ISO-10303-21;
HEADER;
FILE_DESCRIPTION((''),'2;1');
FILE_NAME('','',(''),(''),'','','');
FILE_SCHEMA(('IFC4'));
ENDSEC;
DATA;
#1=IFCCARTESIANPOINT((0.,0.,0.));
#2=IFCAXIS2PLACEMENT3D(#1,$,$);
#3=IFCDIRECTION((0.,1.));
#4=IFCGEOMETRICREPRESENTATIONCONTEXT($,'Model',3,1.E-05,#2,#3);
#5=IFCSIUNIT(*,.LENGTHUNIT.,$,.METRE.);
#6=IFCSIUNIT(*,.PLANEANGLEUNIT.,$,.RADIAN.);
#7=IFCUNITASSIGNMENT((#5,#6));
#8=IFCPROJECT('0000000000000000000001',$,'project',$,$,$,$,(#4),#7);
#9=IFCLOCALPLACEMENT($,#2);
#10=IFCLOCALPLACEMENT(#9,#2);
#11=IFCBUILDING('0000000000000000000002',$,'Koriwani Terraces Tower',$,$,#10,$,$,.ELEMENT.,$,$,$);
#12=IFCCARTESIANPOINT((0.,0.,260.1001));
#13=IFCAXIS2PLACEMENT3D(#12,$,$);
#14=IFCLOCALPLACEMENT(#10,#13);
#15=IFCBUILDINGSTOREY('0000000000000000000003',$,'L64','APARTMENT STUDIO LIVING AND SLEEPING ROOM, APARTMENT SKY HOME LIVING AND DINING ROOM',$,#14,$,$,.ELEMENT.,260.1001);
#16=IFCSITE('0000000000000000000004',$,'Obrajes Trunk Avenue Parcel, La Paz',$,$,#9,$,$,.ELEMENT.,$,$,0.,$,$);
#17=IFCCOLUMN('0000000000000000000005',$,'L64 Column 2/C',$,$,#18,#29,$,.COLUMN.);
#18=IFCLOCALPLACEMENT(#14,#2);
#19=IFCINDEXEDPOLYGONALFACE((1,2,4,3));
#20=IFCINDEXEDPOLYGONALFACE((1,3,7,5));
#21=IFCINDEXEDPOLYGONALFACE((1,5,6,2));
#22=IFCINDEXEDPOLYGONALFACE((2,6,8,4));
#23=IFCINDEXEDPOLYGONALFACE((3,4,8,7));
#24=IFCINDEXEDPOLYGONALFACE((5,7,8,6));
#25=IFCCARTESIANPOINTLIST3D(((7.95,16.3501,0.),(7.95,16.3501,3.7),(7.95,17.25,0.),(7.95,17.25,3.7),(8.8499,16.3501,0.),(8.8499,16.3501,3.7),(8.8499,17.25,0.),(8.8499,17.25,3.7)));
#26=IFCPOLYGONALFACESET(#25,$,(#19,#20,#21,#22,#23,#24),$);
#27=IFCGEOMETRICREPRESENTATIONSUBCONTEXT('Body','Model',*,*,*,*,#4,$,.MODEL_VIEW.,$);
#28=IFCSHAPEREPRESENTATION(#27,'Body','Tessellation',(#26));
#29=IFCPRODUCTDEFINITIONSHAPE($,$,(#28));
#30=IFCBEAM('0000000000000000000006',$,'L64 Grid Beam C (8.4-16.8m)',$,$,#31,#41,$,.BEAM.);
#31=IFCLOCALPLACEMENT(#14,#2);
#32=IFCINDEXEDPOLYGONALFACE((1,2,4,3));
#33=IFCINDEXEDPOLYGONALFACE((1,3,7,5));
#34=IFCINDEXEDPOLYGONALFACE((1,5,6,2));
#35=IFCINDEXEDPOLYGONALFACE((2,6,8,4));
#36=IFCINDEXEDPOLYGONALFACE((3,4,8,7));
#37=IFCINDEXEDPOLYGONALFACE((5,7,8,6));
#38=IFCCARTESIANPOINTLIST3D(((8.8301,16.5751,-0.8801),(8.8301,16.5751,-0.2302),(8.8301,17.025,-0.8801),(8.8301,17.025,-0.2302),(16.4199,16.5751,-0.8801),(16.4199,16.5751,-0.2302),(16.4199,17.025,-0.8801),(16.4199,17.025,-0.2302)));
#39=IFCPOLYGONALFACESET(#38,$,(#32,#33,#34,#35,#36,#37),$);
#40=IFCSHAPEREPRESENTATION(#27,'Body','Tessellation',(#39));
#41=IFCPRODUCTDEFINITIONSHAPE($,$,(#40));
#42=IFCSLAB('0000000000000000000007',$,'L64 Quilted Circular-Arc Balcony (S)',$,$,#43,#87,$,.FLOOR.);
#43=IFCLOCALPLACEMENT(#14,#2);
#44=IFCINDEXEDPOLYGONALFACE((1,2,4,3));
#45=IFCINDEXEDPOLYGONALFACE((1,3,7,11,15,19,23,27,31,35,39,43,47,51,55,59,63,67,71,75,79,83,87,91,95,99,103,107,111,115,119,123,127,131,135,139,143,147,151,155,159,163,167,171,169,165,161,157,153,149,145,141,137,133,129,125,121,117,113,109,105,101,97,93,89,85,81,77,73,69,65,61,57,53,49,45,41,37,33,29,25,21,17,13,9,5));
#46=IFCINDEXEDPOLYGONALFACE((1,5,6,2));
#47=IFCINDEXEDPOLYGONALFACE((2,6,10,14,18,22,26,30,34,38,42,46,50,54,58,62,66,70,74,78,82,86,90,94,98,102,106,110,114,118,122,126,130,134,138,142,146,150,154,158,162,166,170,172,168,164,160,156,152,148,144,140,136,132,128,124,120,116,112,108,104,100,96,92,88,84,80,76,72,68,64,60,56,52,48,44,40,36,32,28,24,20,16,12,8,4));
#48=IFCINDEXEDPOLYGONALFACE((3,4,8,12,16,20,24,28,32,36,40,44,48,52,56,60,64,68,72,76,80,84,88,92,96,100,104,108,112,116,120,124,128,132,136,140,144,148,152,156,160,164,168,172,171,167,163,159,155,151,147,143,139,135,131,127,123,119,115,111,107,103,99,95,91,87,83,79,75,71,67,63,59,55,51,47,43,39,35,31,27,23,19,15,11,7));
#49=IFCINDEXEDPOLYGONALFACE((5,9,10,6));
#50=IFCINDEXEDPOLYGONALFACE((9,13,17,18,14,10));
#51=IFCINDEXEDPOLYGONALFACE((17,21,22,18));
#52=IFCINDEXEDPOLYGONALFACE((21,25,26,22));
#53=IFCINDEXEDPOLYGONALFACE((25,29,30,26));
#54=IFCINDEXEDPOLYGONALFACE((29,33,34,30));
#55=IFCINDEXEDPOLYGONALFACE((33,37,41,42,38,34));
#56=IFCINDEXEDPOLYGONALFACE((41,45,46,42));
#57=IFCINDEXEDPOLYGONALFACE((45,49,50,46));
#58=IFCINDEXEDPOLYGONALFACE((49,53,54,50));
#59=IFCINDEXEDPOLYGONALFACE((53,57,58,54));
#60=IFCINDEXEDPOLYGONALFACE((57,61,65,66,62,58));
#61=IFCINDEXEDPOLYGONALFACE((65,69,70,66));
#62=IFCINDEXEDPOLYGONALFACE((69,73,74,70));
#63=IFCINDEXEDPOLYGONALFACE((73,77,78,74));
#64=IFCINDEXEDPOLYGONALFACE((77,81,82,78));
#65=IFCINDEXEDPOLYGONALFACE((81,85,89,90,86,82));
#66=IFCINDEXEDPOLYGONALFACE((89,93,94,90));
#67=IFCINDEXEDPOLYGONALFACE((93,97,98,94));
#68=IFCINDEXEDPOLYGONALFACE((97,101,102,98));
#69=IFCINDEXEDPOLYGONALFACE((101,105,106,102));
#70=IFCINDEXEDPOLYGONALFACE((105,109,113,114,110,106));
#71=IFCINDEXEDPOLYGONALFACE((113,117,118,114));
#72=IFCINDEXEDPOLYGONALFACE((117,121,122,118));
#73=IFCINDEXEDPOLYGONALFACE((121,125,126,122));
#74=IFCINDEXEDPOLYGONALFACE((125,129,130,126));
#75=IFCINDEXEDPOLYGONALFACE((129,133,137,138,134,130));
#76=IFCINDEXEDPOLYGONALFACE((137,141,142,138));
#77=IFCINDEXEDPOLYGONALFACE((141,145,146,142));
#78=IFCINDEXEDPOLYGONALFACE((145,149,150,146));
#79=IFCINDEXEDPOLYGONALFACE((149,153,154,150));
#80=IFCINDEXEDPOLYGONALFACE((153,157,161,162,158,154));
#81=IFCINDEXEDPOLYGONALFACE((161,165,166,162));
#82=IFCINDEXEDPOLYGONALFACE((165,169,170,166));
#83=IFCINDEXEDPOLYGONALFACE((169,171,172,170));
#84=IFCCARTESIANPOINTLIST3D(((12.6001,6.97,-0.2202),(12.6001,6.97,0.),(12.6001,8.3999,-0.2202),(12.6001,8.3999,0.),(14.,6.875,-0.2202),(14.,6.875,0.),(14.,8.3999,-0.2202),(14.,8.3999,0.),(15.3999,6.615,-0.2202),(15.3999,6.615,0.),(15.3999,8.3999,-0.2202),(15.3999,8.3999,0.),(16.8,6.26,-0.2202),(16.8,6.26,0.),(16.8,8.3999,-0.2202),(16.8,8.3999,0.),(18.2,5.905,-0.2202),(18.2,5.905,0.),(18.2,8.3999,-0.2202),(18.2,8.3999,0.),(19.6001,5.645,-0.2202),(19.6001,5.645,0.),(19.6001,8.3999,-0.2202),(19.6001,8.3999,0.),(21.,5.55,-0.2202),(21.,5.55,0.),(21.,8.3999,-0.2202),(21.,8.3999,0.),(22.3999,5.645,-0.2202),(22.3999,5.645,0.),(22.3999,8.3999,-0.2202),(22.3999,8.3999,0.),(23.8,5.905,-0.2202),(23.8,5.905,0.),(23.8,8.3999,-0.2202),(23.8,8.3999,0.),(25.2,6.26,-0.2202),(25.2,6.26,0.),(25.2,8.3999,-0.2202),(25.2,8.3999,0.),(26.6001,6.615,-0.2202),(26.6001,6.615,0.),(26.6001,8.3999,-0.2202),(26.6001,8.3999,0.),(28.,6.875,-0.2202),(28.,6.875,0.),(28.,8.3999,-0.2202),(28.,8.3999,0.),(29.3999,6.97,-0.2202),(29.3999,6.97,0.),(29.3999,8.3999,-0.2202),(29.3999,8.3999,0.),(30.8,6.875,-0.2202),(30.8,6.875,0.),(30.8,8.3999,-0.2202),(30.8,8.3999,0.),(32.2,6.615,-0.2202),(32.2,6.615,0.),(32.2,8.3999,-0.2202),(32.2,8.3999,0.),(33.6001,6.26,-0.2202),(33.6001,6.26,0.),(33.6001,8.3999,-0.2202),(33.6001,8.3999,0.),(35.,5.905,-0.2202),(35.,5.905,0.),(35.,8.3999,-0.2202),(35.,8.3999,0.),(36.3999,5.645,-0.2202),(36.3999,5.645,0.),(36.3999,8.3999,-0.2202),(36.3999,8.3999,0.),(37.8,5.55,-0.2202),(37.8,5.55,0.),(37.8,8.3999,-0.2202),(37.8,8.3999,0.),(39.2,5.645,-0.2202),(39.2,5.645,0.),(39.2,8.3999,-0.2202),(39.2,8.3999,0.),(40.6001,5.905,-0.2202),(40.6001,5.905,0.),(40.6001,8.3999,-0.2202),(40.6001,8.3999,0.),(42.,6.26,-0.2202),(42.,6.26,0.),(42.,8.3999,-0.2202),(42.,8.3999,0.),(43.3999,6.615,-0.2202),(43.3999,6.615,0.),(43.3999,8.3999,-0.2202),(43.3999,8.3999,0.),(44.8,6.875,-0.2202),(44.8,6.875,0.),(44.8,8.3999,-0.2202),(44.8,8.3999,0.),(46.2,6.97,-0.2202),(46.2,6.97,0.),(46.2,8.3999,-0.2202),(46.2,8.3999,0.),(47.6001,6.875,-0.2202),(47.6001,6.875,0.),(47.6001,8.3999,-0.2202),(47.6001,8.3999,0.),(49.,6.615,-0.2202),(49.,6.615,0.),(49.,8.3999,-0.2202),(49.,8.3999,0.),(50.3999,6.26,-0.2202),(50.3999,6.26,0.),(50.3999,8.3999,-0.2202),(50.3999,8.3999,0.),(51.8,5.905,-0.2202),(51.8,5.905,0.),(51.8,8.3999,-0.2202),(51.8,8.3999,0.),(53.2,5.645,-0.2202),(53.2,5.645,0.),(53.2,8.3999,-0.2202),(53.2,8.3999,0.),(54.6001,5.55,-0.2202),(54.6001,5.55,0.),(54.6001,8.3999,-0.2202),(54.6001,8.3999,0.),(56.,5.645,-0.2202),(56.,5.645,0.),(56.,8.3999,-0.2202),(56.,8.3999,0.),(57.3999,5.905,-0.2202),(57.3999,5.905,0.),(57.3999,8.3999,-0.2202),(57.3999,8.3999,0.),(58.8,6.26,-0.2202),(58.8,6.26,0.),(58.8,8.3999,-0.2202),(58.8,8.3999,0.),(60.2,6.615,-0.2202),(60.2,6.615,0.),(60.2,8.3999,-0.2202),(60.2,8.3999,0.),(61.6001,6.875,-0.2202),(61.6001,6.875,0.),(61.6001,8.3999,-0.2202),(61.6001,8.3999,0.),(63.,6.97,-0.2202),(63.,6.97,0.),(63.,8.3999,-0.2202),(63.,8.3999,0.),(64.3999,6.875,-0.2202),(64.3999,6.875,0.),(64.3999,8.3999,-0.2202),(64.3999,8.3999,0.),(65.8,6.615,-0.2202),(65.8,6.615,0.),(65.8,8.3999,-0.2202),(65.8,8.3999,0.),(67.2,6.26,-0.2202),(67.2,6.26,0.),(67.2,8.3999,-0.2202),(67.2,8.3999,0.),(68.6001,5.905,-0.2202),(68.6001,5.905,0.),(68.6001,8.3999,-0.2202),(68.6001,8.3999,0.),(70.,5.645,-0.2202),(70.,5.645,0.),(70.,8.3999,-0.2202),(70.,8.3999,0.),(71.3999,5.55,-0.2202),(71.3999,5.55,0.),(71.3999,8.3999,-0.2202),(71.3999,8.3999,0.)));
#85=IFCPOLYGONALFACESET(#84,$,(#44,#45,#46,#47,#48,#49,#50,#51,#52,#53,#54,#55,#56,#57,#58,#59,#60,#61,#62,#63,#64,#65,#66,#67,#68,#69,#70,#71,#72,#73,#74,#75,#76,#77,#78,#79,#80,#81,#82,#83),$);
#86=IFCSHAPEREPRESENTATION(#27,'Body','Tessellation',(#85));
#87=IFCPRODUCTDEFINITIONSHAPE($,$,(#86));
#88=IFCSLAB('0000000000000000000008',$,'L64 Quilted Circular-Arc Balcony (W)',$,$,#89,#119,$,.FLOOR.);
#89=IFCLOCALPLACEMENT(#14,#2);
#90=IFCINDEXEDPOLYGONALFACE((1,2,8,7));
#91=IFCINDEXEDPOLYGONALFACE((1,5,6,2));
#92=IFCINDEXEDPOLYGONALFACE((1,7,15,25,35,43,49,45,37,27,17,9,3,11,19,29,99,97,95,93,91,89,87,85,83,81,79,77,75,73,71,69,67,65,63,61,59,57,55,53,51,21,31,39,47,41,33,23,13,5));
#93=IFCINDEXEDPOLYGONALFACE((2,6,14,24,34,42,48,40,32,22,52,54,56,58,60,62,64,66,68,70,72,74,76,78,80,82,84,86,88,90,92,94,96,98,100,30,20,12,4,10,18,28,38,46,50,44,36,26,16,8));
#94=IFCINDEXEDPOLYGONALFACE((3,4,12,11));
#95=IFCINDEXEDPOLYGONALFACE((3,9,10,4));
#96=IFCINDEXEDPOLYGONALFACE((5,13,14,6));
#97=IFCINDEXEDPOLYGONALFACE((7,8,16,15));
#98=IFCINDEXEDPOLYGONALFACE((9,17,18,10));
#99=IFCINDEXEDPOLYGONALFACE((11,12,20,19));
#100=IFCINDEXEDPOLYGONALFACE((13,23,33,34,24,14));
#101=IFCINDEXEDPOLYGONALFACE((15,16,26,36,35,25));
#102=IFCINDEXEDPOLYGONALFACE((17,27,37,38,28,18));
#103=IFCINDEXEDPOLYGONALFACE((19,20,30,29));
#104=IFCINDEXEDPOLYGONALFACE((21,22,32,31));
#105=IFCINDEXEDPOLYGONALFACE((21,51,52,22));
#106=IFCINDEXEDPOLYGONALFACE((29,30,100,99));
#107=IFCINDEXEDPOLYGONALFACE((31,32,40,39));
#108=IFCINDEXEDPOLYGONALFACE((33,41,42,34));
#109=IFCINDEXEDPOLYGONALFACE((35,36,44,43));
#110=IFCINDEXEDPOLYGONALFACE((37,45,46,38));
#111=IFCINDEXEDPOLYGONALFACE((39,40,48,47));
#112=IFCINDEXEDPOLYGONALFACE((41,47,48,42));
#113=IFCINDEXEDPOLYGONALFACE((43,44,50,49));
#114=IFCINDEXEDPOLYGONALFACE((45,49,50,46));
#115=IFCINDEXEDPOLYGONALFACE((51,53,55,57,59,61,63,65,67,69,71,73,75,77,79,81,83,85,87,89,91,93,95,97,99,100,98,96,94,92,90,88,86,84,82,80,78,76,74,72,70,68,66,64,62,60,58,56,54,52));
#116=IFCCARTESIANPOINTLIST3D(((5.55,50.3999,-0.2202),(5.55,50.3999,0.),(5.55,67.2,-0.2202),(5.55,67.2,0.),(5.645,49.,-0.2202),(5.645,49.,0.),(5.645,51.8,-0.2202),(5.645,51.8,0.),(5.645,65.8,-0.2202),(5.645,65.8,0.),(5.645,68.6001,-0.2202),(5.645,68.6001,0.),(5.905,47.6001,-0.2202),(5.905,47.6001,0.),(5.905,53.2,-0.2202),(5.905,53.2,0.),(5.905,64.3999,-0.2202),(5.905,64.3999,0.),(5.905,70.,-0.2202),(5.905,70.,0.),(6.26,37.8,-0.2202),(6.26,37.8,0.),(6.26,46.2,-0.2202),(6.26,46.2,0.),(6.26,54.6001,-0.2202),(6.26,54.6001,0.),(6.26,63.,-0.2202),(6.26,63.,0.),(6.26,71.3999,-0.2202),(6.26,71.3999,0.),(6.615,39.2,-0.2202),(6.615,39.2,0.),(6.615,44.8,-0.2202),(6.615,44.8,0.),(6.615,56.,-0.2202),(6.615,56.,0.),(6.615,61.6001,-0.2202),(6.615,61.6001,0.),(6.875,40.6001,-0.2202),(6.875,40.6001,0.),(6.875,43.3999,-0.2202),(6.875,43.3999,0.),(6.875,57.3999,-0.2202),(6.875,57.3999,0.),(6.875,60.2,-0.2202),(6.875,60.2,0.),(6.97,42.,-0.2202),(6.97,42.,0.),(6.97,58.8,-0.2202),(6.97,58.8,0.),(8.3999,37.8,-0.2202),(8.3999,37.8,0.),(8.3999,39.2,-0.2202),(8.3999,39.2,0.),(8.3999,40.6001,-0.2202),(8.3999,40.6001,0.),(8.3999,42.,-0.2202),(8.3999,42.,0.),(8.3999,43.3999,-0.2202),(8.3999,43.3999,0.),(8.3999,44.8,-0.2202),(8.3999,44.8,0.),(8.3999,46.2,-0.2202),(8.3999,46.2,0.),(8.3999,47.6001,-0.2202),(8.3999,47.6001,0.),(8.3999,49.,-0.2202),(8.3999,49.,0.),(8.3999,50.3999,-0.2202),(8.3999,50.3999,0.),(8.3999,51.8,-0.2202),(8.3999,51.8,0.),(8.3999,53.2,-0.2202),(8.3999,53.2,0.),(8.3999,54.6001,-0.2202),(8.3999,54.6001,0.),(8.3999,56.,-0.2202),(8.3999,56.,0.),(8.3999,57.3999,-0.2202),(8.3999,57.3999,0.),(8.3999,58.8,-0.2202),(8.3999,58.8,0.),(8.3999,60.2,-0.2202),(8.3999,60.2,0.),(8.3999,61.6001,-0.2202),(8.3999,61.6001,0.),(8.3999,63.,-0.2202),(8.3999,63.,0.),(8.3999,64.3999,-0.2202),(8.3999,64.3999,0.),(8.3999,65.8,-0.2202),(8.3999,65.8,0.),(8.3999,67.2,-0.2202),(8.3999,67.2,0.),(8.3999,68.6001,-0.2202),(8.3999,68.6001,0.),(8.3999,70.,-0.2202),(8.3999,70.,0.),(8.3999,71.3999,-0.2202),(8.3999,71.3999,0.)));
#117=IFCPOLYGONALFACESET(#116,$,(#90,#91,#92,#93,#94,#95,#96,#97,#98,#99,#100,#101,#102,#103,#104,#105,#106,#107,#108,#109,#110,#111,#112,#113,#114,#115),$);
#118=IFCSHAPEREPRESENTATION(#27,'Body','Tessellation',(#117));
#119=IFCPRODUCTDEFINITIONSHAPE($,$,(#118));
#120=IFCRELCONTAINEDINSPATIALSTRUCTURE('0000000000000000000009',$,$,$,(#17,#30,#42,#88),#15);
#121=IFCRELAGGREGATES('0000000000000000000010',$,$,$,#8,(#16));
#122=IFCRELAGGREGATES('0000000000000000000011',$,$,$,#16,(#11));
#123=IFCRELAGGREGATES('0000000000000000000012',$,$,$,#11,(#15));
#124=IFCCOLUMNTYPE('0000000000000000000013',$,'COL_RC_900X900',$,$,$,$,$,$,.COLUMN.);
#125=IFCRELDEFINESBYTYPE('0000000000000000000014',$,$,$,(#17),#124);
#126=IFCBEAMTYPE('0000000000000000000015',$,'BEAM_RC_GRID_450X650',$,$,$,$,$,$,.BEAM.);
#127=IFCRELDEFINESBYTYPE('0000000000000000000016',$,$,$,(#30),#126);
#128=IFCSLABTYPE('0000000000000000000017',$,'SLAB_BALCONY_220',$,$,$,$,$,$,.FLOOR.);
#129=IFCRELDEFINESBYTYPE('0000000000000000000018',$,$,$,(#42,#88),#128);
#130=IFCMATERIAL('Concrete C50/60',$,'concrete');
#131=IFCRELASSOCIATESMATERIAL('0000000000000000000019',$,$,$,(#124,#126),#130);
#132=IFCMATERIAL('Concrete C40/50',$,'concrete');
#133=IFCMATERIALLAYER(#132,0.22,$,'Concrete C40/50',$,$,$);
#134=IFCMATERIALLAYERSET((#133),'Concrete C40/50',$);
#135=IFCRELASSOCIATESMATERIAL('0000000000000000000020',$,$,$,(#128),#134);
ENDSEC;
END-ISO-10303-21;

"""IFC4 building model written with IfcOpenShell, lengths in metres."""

from ifc_helpers import new_model, si_unit, direction, frame, origin, origin_2d, place, context, subcontext, project, spatial, polyline, rectangle, outline, extrude, material, layer, layer_set, material_profile, profile_set, type_object, element, save


model = new_model("IFC4")

# Units and contexts
model_context = context("Model", 3, precision=1e-05, world=origin(), true_north=direction((0.0, 1.0)))
body_context = subcontext(model_context, "Body", "Model", "MODEL_VIEW")
ifc_project = project(units=[si_unit("LENGTHUNIT", "METRE"), si_unit("PLANEANGLEUNIT", "RADIAN")], contexts=[model_context])

# Site, building, storey
site_placement = place(None, origin())
site = spatial("IfcSite", under=ifc_project, at=site_placement, Name="Obrajes Trunk Avenue Parcel, La Paz", CompositionType="ELEMENT", RefElevation=0.0)
building_placement = place(site_placement, origin())
building = spatial("IfcBuilding", under=site, at=building_placement, Name="Koriwani Terraces Tower", CompositionType="ELEMENT")
storey_placement = place(building_placement, frame((0.0, 0.0, 260.1001)))
storey = spatial("IfcBuildingStorey", under=building, at=storey_placement, Name="L64", Description="APARTMENT STUDIO LIVING AND SLEEPING ROOM, APARTMENT SKY HOME LIVING AND DINING ROOM", CompositionType="ELEMENT", Elevation=260.1001)

# Column
ifc_material_1 = material(Name="Concrete C50/60", Category="concrete")
ifc_material_profile_1 = material_profile(ifc_material_1, rectangle(XDim=0.8999, YDim=0.8999, at=origin_2d()), Name="Concrete C50/60", Category="LoadBearing")
ifc_profile_set_1 = profile_set([ifc_material_profile_1], Name="Concrete C50/60")
column_type = type_object("IfcColumnType", Name="COL_RC_900X900", PredefinedType="COLUMN", material=ifc_profile_set_1)
column_placement = place(storey_placement, frame((8.3999, 16.8, 0.0), z_axis=(0.0, 0.0, 1.0), x_axis=(1.0, 0.0, 0.0)))
element("IfcColumn", 1, at=column_placement, inside=storey, type_object=column_type, Name="L64 Column 2/C", PredefinedType="COLUMN", context=body_context, shape_type="SweptSolid", body=[
    extrude(rectangle(XDim=0.8999, YDim=0.8999, at=origin_2d()), origin(), (0.0, 0.0, 1.0), 3.7),
])

# Beam
ifc_material_profile_2 = material_profile(ifc_material_1, rectangle(XDim=0.45, YDim=0.6499, at=origin_2d()), Name="Concrete C50/60", Category="LoadBearing")
ifc_profile_set_2 = profile_set([ifc_material_profile_2], Name="Concrete C50/60")
beam_type = type_object("IfcBeamType", Name="BEAM_RC_GRID_450X650", PredefinedType="BEAM", material=ifc_profile_set_2)
beam_placement = place(storey_placement, frame((8.8301, 16.8, -0.5552), z_axis=(1.0, 0.0, 0.0), x_axis=(0.0, 1.0, 0.0)))
element("IfcBeam", 2, at=beam_placement, inside=storey, type_object=beam_type, Name="L64 Grid Beam C (8.4-16.8m)", PredefinedType="BEAM", context=body_context, shape_type="SweptSolid", body=[
    extrude(rectangle(XDim=0.45, YDim=0.6499, at=origin_2d()), origin(), (0.0, 0.0, 1.0), 7.5898),
])

# Slabs
ifc_material_2 = material(Name="Concrete C40/50", Category="concrete")
ifc_layer_1 = layer(ifc_material_2, 0.22, Name="Concrete C40/50")
ifc_layer_set_1 = layer_set([ifc_layer_1], Name="Concrete C40/50")
slab_type_1 = type_object("IfcSlabType", Name="SLAB_BALCONY_220", PredefinedType="FLOOR", material=ifc_layer_set_1)
slab_1_placement = place(storey_placement, frame((0.0, 0.0, -0.2202)))
element("IfcSlab", 3, at=slab_1_placement, inside=storey, type_object=slab_type_1, Name="L64 Quilted Circular-Arc Balcony (S)", PredefinedType="FLOOR", context=body_context, shape_type="SweptSolid", body=[
    extrude(outline(polyline([(12.6001, 8.3999), (14.0, 8.3999), (15.3999, 8.3999), (16.8, 8.3999), (18.2, 8.3999), (19.6001, 8.3999), (21.0, 8.3999), (22.3999, 8.3999), (23.8, 8.3999), (25.2, 8.3999), (26.6001, 8.3999), (28.0, 8.3999), (29.3999, 8.3999), (30.8, 8.3999), (32.2, 8.3999), (33.6001, 8.3999), (35.0, 8.3999), (36.3999, 8.3999), (37.8, 8.3999), (39.2, 8.3999), (40.6001, 8.3999), (42.0, 8.3999), (43.3999, 8.3999), (44.8, 8.3999), (46.2, 8.3999), (47.6001, 8.3999), (49.0, 8.3999), (50.3999, 8.3999), (51.8, 8.3999), (53.2, 8.3999), (54.6001, 8.3999), (56.0, 8.3999), (57.3999, 8.3999), (58.8, 8.3999), (60.2, 8.3999), (61.6001, 8.3999), (63.0, 8.3999), (64.3999, 8.3999), (65.8, 8.3999), (67.2, 8.3999), (68.6001, 8.3999), (70.0, 8.3999), (71.3999, 8.3999), (71.3999, 5.55), (70.0, 5.645), (68.6001, 5.905), (67.2, 6.26), (65.8, 6.615), (64.3999, 6.875), (63.0, 6.97), (61.6001, 6.875), (60.2, 6.615), (58.8, 6.26), (57.3999, 5.905), (56.0, 5.645), (54.6001, 5.55), (53.2, 5.645), (51.8, 5.905), (50.3999, 6.26), (49.0, 6.615), (47.6001, 6.875), (46.2, 6.97), (44.8, 6.875), (43.3999, 6.615), (42.0, 6.26), (40.6001, 5.905), (39.2, 5.645), (37.8, 5.55), (36.3999, 5.645), (35.0, 5.905), (33.6001, 6.26), (32.2, 6.615), (30.8, 6.875), (29.3999, 6.97), (28.0, 6.875), (26.6001, 6.615), (25.2, 6.26), (23.8, 5.905), (22.3999, 5.645), (21.0, 5.55), (19.6001, 5.645), (18.2, 5.905), (16.8, 6.26), (15.3999, 6.615), (14.0, 6.875), (12.6001, 6.97), (12.6001, 8.3999)])), origin(), (0.0, 0.0, 1.0), 0.2202),
])
slab_2_placement = place(storey_placement, frame((0.0, 0.0, -0.2202)))
element("IfcSlab", 4, at=slab_2_placement, inside=storey, type_object=slab_type_1, Name="L64 Quilted Circular-Arc Balcony (W)", PredefinedType="FLOOR", context=body_context, shape_type="SweptSolid", body=[
    extrude(outline(polyline([(8.3999, 37.8), (8.3999, 39.2), (8.3999, 40.6001), (8.3999, 42.0), (8.3999, 43.3999), (8.3999, 44.8), (8.3999, 46.2), (8.3999, 47.6001), (8.3999, 49.0), (8.3999, 50.3999), (8.3999, 51.8), (8.3999, 53.2), (8.3999, 54.6001), (8.3999, 56.0), (8.3999, 57.3999), (8.3999, 58.8), (8.3999, 60.2), (8.3999, 61.6001), (8.3999, 63.0), (8.3999, 64.3999), (8.3999, 65.8), (8.3999, 67.2), (8.3999, 68.6001), (8.3999, 70.0), (8.3999, 71.3999), (6.26, 71.3999), (5.905, 70.0), (5.645, 68.6001), (5.55, 67.2), (5.645, 65.8), (5.905, 64.3999), (6.26, 63.0), (6.615, 61.6001), (6.875, 60.2), (6.97, 58.8), (6.875, 57.3999), (6.615, 56.0), (6.26, 54.6001), (5.905, 53.2), (5.645, 51.8), (5.55, 50.3999), (5.645, 49.0), (5.905, 47.6001), (6.26, 46.2), (6.615, 44.8), (6.875, 43.3999), (6.97, 42.0), (6.875, 40.6001), (6.615, 39.2), (6.26, 37.8), (8.3999, 37.8)])), origin(), (0.0, 0.0, 1.0), 0.2202),
])

save(model, "model.ifc")
